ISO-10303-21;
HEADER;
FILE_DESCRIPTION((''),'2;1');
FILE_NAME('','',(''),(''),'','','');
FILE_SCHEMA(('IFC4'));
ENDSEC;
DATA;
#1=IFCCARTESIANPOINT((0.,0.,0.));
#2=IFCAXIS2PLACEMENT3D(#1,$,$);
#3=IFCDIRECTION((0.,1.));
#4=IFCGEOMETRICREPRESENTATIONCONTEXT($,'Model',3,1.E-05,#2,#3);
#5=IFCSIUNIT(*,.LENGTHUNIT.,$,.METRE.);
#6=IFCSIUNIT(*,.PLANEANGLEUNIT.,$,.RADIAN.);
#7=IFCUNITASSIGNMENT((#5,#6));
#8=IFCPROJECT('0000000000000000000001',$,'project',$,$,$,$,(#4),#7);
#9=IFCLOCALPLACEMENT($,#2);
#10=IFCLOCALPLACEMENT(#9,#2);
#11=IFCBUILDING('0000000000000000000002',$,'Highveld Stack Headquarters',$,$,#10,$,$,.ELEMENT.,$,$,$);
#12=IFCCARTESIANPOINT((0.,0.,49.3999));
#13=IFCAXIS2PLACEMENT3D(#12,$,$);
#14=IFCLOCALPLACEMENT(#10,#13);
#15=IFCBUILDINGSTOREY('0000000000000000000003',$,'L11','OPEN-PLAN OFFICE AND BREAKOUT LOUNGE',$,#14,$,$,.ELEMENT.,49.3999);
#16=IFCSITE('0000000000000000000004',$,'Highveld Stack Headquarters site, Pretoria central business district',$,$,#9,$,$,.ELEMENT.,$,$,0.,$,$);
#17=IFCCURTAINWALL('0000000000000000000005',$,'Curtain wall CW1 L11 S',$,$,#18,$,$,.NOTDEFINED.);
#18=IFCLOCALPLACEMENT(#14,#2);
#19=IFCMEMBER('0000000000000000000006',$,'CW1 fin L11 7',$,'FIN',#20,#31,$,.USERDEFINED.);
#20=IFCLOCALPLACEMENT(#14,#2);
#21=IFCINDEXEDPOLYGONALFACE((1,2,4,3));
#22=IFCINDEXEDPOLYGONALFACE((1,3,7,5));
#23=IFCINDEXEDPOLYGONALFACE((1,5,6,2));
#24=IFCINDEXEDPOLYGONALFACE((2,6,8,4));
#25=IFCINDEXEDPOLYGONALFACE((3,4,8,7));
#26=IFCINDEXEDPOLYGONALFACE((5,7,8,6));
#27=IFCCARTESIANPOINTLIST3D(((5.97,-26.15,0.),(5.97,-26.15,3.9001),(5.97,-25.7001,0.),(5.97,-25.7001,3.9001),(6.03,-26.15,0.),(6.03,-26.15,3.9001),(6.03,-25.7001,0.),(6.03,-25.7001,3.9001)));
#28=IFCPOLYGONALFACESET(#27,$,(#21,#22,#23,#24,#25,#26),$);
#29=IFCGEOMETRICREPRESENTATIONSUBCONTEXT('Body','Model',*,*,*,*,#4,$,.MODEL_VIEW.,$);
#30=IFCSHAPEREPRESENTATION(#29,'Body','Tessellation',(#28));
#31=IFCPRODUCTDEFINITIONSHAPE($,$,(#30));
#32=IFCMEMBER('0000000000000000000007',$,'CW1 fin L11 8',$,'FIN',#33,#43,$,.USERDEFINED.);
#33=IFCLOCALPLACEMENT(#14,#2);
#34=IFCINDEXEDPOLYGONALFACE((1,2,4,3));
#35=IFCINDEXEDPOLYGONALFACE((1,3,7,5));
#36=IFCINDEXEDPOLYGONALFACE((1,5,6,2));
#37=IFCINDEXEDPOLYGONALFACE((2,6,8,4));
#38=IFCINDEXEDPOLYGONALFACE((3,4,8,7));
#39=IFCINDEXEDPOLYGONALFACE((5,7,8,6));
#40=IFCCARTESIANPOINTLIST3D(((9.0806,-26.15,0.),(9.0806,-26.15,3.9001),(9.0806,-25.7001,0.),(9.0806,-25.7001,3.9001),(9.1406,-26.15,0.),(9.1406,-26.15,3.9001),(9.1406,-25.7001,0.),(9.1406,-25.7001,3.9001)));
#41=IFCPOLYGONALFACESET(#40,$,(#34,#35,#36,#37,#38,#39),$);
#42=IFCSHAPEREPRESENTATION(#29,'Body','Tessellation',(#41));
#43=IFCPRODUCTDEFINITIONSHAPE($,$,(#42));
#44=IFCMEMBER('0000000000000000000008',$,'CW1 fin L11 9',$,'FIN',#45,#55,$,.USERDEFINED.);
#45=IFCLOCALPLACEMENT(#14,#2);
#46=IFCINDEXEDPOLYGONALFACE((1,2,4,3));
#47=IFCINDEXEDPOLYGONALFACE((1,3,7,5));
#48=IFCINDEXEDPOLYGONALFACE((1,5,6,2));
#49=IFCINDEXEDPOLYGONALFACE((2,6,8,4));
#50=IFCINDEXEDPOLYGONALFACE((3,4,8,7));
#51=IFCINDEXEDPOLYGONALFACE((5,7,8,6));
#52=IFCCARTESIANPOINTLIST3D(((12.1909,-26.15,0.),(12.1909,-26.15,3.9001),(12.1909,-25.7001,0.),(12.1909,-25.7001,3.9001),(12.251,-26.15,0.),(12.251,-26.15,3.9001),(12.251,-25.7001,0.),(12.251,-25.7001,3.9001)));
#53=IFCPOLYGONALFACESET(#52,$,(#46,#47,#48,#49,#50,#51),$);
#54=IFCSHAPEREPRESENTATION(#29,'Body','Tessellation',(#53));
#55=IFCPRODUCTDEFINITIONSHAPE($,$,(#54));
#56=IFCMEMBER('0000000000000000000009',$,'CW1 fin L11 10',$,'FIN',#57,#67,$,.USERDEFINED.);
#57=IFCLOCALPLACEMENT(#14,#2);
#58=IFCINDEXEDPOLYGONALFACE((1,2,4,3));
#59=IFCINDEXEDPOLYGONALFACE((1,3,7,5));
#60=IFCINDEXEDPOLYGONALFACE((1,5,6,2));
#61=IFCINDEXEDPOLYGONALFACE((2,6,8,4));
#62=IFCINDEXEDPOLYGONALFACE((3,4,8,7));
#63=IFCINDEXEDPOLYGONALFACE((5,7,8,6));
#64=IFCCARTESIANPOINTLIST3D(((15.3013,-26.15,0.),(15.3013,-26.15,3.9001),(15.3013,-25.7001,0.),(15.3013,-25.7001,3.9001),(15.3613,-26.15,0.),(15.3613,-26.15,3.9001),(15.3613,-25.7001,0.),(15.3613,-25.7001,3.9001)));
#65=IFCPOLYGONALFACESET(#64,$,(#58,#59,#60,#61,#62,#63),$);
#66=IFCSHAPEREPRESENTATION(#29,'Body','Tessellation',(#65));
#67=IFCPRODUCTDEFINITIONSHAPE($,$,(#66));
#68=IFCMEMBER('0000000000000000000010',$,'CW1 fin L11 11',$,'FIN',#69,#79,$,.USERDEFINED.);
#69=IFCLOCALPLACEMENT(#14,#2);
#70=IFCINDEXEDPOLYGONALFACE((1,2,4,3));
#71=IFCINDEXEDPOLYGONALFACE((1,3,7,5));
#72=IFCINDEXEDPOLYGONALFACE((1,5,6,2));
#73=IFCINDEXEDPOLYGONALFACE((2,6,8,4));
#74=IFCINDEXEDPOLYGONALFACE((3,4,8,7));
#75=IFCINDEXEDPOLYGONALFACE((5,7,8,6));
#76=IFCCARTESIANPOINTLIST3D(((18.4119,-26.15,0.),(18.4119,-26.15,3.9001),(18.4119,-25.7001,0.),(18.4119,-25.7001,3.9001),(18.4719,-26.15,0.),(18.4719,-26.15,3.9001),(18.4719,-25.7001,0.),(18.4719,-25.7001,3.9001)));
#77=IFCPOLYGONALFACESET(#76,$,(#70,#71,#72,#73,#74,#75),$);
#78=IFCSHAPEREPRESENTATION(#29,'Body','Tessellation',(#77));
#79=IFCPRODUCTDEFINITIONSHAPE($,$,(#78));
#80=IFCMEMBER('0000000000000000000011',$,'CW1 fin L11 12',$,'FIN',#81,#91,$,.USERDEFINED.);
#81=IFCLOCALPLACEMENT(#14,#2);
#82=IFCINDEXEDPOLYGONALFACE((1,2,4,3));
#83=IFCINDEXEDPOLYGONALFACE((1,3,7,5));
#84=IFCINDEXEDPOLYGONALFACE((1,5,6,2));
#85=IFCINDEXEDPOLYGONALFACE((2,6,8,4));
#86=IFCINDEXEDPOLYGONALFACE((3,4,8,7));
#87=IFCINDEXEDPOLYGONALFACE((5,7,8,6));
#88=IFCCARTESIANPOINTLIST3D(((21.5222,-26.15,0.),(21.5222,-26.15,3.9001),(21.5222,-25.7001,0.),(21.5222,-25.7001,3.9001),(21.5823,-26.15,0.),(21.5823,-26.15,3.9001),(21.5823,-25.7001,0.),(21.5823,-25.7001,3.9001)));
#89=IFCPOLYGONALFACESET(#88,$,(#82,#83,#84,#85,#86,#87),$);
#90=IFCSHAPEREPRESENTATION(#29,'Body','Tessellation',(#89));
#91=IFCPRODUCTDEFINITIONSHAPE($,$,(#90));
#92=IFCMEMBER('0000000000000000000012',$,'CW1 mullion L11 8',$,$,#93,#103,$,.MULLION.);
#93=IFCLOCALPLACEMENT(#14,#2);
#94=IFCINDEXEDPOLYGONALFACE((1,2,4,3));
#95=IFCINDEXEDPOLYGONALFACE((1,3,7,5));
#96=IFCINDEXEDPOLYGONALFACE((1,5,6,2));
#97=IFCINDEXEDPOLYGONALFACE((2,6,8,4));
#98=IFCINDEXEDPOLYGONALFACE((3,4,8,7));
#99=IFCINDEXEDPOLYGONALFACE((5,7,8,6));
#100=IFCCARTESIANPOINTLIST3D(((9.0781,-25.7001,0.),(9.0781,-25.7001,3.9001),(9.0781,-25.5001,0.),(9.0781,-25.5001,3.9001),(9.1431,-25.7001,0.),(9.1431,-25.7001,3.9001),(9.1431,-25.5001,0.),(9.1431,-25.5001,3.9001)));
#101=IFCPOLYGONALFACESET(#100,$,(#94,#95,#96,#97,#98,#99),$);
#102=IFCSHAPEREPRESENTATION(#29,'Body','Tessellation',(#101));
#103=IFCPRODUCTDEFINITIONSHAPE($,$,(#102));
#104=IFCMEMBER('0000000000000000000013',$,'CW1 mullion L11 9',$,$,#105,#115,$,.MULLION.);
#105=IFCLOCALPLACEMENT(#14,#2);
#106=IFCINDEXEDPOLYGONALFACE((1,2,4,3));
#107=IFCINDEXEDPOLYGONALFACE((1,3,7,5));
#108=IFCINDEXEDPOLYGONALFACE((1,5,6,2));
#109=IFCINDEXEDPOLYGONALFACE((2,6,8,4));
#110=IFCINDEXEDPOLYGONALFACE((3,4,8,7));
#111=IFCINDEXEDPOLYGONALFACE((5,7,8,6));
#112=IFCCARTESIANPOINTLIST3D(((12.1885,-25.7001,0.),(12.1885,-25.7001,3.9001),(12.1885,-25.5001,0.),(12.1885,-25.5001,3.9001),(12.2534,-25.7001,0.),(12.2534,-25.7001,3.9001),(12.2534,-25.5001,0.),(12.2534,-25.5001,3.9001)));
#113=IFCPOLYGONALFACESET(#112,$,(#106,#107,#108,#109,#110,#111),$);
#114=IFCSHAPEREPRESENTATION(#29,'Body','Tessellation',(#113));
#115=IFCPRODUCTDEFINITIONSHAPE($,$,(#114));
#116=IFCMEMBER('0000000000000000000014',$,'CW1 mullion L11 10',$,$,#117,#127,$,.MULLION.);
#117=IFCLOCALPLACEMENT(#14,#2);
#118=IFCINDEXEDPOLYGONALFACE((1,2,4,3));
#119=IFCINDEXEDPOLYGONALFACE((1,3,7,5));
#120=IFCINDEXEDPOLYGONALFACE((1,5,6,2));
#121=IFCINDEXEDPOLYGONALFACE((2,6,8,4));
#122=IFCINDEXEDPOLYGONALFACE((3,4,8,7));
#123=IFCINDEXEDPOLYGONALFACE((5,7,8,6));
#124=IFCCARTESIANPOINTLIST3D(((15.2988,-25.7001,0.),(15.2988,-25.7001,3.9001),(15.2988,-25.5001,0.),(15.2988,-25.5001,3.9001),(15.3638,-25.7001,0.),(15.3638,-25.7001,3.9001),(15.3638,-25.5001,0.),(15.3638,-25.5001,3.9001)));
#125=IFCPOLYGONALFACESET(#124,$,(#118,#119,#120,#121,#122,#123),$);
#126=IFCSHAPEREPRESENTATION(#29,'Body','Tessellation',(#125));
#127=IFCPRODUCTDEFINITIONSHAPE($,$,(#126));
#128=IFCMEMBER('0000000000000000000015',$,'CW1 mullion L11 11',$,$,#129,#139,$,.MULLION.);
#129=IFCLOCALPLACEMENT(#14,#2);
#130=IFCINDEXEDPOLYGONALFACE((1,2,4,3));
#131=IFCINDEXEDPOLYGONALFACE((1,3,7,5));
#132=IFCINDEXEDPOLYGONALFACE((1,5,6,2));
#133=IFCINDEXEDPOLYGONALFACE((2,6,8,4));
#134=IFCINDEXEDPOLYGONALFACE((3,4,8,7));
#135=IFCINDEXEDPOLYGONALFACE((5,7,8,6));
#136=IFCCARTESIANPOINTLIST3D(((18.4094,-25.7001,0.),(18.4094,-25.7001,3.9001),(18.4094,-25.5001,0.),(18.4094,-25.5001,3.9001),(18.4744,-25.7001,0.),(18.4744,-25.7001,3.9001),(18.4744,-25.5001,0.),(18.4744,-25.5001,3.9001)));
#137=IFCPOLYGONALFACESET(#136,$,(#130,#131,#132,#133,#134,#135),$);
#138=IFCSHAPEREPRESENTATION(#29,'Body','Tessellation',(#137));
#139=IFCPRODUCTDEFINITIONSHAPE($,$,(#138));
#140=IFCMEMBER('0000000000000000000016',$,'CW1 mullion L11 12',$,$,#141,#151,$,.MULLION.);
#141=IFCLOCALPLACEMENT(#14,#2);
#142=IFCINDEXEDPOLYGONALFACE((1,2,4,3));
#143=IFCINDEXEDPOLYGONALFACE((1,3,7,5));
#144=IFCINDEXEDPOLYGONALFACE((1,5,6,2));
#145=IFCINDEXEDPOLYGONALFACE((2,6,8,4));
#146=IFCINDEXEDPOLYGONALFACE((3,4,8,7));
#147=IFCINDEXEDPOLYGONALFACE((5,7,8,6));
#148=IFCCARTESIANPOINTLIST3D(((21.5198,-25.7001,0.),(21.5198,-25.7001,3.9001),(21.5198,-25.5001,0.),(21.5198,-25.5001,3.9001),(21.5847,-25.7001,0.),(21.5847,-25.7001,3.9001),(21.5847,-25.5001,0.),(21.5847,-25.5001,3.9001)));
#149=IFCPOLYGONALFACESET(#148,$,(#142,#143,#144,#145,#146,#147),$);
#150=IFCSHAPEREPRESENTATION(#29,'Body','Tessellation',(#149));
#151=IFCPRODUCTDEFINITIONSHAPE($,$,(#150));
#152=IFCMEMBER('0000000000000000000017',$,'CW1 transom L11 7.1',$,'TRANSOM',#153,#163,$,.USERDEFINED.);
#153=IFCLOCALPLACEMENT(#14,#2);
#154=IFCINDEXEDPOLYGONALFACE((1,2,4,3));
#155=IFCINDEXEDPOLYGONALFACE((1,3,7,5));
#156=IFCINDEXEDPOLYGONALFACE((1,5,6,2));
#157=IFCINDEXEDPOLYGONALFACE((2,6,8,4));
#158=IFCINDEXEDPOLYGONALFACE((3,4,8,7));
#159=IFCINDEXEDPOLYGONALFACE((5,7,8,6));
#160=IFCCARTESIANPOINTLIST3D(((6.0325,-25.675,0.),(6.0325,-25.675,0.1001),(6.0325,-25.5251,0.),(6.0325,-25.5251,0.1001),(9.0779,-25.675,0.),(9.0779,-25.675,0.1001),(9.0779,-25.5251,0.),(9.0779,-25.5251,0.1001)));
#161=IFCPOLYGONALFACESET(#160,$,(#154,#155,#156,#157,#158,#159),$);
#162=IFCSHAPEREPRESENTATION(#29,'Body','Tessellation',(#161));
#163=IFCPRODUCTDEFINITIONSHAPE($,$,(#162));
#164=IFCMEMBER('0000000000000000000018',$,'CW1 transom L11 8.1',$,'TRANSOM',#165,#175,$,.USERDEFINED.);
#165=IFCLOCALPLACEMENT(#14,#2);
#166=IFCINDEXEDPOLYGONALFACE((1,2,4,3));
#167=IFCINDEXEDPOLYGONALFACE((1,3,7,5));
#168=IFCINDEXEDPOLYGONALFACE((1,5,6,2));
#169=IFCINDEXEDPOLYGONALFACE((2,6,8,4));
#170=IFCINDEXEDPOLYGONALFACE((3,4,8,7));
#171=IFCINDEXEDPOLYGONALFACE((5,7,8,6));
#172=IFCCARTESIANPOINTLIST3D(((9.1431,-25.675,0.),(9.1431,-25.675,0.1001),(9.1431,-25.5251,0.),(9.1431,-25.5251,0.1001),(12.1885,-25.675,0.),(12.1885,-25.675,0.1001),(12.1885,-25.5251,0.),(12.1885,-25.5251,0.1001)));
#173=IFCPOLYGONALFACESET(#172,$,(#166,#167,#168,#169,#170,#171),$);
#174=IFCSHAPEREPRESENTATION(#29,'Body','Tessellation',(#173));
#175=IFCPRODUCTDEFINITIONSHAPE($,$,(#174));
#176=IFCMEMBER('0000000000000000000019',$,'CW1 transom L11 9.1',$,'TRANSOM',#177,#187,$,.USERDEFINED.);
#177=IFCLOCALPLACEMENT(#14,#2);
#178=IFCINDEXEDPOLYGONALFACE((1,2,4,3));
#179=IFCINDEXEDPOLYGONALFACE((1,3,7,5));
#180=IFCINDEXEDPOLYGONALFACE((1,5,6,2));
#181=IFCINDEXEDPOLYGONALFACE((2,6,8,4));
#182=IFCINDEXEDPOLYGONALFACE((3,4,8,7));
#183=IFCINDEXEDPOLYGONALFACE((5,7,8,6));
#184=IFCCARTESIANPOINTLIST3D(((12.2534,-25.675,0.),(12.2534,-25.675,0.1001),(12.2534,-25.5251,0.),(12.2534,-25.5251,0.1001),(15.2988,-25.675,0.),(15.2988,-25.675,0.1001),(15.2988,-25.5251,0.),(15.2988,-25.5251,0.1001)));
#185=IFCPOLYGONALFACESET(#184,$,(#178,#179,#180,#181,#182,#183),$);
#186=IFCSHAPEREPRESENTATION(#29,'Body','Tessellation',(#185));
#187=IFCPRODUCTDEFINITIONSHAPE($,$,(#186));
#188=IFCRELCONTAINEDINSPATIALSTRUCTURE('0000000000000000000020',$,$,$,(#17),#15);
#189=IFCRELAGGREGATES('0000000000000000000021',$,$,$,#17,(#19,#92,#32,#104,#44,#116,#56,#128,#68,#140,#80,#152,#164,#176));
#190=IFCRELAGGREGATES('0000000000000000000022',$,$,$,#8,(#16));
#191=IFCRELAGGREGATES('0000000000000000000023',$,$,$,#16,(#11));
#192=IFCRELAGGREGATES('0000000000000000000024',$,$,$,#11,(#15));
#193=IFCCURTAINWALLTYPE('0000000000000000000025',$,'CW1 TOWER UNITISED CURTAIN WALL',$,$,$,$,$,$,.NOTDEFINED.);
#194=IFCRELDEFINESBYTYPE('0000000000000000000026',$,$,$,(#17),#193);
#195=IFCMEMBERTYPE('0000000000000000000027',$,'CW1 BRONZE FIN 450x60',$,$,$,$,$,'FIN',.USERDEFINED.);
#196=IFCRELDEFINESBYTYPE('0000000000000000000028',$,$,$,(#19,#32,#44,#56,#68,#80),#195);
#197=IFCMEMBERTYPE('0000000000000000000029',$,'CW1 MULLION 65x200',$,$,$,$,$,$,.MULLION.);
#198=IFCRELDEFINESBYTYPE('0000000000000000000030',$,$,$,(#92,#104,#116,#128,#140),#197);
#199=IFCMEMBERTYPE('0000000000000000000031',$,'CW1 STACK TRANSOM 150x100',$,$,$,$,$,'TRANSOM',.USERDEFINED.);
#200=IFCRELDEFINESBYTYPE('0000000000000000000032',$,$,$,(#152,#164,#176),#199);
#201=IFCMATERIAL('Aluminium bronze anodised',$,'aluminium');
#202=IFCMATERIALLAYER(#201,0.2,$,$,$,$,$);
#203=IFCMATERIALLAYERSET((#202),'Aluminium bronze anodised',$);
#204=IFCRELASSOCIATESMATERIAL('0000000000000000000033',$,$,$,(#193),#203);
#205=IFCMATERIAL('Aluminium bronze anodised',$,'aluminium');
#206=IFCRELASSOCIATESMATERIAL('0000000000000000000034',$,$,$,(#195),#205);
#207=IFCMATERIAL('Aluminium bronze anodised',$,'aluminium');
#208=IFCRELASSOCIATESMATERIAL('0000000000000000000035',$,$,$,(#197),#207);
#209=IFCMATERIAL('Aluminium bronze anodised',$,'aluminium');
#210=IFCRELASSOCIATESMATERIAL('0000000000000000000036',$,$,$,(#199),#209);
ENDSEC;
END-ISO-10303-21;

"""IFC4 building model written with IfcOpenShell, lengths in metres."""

from ifc_helpers import new_model, si_unit, direction, frame, origin, origin_2d, place, context, subcontext, project, spatial, rectangle, extrude, material, layer, layer_set, material_profile, profile_set, type_object, element, aggregate, save


model = new_model("IFC4")

# Units and contexts
model_context = context("Model", 3, precision=1e-05, world=origin(), true_north=direction((0.0, 1.0)))
body_context = subcontext(model_context, "Body", "Model", "MODEL_VIEW")
ifc_project = project(units=[si_unit("LENGTHUNIT", "METRE"), si_unit("PLANEANGLEUNIT", "RADIAN")], contexts=[model_context])

# Site, building, storey
site_placement = place(None, origin())
site = spatial("IfcSite", under=ifc_project, at=site_placement, Name="Highveld Stack Headquarters site, Pretoria central business district", CompositionType="ELEMENT", RefElevation=0.0)
building_placement = place(site_placement, origin())
building = spatial("IfcBuilding", under=site, at=building_placement, Name="Highveld Stack Headquarters", CompositionType="ELEMENT")
storey_placement = place(building_placement, frame((0.0, 0.0, 49.3999)))
storey = spatial("IfcBuildingStorey", under=building, at=storey_placement, Name="L11", Description="OPEN-PLAN OFFICE AND BREAKOUT LOUNGE", CompositionType="ELEMENT", Elevation=49.3999)

# Curtain wall, members
ifc_material_1 = material(Name="Aluminium bronze anodised", Category="aluminium")
ifc_layer_1 = layer(ifc_material_1, 0.2)
ifc_layer_set_1 = layer_set([ifc_layer_1], Name="Aluminium bronze anodised")
curtain_wall_type = type_object("IfcCurtainWallType", Name="CW1 TOWER UNITISED CURTAIN WALL", PredefinedType="NOTDEFINED", material=ifc_layer_set_1)
curtain_wall_placement = place(storey_placement, origin())
curtain_wall = element("IfcCurtainWall", 1, at=curtain_wall_placement, inside=storey, type_object=curtain_wall_type, Name="Curtain wall CW1 L11 S", PredefinedType="NOTDEFINED")
ifc_material_2 = material(Name="Aluminium bronze anodised", Category="aluminium")
ifc_material_profile_1 = material_profile(ifc_material_2, rectangle(XDim=0.45, YDim=0.0601, at=origin_2d()), Name="FIN 450x60")
ifc_profile_set_1 = profile_set([ifc_material_profile_1], Name="Aluminium bronze anodised")
member_type_1 = type_object("IfcMemberType", Name="CW1 BRONZE FIN 450x60", ElementType="FIN", PredefinedType="USERDEFINED", material=ifc_profile_set_1)
member_1_placement = place(storey_placement, frame((6.0, -25.925, 0.0), z_axis=(0.0, 0.0, 1.0), x_axis=(0.0, 1.0, 0.0)))
member_1 = element("IfcMember", 2, at=member_1_placement, type_object=member_type_1, Name="CW1 fin L11 7", ObjectType="FIN", PredefinedType="USERDEFINED", context=body_context, shape_type="SweptSolid", body=[
    extrude(rectangle(XDim=0.45, YDim=0.0601, at=origin_2d()), origin(), (0.0, 0.0, 1.0), 3.9001),
])
member_2_placement = place(storey_placement, frame((9.1106, -25.925, 0.0), z_axis=(0.0, 0.0, 1.0), x_axis=(0.0, 1.0, 0.0)))
member_2 = element("IfcMember", 3, at=member_2_placement, type_object=member_type_1, Name="CW1 fin L11 8", ObjectType="FIN", PredefinedType="USERDEFINED", context=body_context, shape_type="SweptSolid", body=[
    extrude(rectangle(XDim=0.45, YDim=0.0601, at=origin_2d()), origin(), (0.0, 0.0, 1.0), 3.9001),
])
member_3_placement = place(storey_placement, frame((12.2209, -25.925, 0.0), z_axis=(0.0, 0.0, 1.0), x_axis=(0.0, 1.0, 0.0)))
member_3 = element("IfcMember", 4, at=member_3_placement, type_object=member_type_1, Name="CW1 fin L11 9", ObjectType="FIN", PredefinedType="USERDEFINED", context=body_context, shape_type="SweptSolid", body=[
    extrude(rectangle(XDim=0.45, YDim=0.0601, at=origin_2d()), origin(), (0.0, 0.0, 1.0), 3.9001),
])
member_4_placement = place(storey_placement, frame((15.3313, -25.925, 0.0), z_axis=(0.0, 0.0, 1.0), x_axis=(0.0, 1.0, 0.0)))
member_4 = element("IfcMember", 5, at=member_4_placement, type_object=member_type_1, Name="CW1 fin L11 10", ObjectType="FIN", PredefinedType="USERDEFINED", context=body_context, shape_type="SweptSolid", body=[
    extrude(rectangle(XDim=0.45, YDim=0.0601, at=origin_2d()), origin(), (0.0, 0.0, 1.0), 3.9001),
])
member_5_placement = place(storey_placement, frame((18.4419, -25.925, 0.0), z_axis=(0.0, 0.0, 1.0), x_axis=(0.0, 1.0, 0.0)))
member_5 = element("IfcMember", 6, at=member_5_placement, type_object=member_type_1, Name="CW1 fin L11 11", ObjectType="FIN", PredefinedType="USERDEFINED", context=body_context, shape_type="SweptSolid", body=[
    extrude(rectangle(XDim=0.45, YDim=0.0601, at=origin_2d()), origin(), (0.0, 0.0, 1.0), 3.9001),
])
member_6_placement = place(storey_placement, frame((21.5522, -25.925, 0.0), z_axis=(0.0, 0.0, 1.0), x_axis=(0.0, 1.0, 0.0)))
member_6 = element("IfcMember", 7, at=member_6_placement, type_object=member_type_1, Name="CW1 fin L11 12", ObjectType="FIN", PredefinedType="USERDEFINED", context=body_context, shape_type="SweptSolid", body=[
    extrude(rectangle(XDim=0.45, YDim=0.0601, at=origin_2d()), origin(), (0.0, 0.0, 1.0), 3.9001),
])
ifc_material_3 = material(Name="Aluminium bronze anodised", Category="aluminium")
ifc_material_profile_2 = material_profile(ifc_material_3, rectangle(XDim=0.2, YDim=0.0649, at=origin_2d()), Name="CW1 MULLION 65x200")
ifc_profile_set_2 = profile_set([ifc_material_profile_2], Name="Aluminium bronze anodised")
member_type_2 = type_object("IfcMemberType", Name="CW1 MULLION 65x200", PredefinedType="MULLION", material=ifc_profile_set_2)
member_7_placement = place(storey_placement, frame((9.1106, -25.6001, 0.0), z_axis=(0.0, 0.0, 1.0), x_axis=(0.0, 1.0, 0.0)))
member_7 = element("IfcMember", 8, at=member_7_placement, type_object=member_type_2, Name="CW1 mullion L11 8", PredefinedType="MULLION", context=body_context, shape_type="SweptSolid", body=[
    extrude(rectangle(XDim=0.2, YDim=0.0649, at=origin_2d()), origin(), (0.0, 0.0, 1.0), 3.9001),
])
member_8_placement = place(storey_placement, frame((12.2209, -25.6001, 0.0), z_axis=(0.0, 0.0, 1.0), x_axis=(0.0, 1.0, 0.0)))
member_8 = element("IfcMember", 9, at=member_8_placement, type_object=member_type_2, Name="CW1 mullion L11 9", PredefinedType="MULLION", context=body_context, shape_type="SweptSolid", body=[
    extrude(rectangle(XDim=0.2, YDim=0.0649, at=origin_2d()), origin(), (0.0, 0.0, 1.0), 3.9001),
])
member_9_placement = place(storey_placement, frame((15.3313, -25.6001, 0.0), z_axis=(0.0, 0.0, 1.0), x_axis=(0.0, 1.0, 0.0)))
member_9 = element("IfcMember", 10, at=member_9_placement, type_object=member_type_2, Name="CW1 mullion L11 10", PredefinedType="MULLION", context=body_context, shape_type="SweptSolid", body=[
    extrude(rectangle(XDim=0.2, YDim=0.0649, at=origin_2d()), origin(), (0.0, 0.0, 1.0), 3.9001),
])
member_10_placement = place(storey_placement, frame((18.4419, -25.6001, 0.0), z_axis=(0.0, 0.0, 1.0), x_axis=(0.0, 1.0, 0.0)))
member_10 = element("IfcMember", 11, at=member_10_placement, type_object=member_type_2, Name="CW1 mullion L11 11", PredefinedType="MULLION", context=body_context, shape_type="SweptSolid", body=[
    extrude(rectangle(XDim=0.2, YDim=0.0649, at=origin_2d()), origin(), (0.0, 0.0, 1.0), 3.9001),
])
member_11_placement = place(storey_placement, frame((21.5522, -25.6001, 0.0), z_axis=(0.0, 0.0, 1.0), x_axis=(0.0, 1.0, 0.0)))
member_11 = element("IfcMember", 12, at=member_11_placement, type_object=member_type_2, Name="CW1 mullion L11 12", PredefinedType="MULLION", context=body_context, shape_type="SweptSolid", body=[
    extrude(rectangle(XDim=0.2, YDim=0.0649, at=origin_2d()), origin(), (0.0, 0.0, 1.0), 3.9001),
])
ifc_material_4 = material(Name="Aluminium bronze anodised", Category="aluminium")
ifc_material_profile_3 = material_profile(ifc_material_4, rectangle(XDim=0.1499, YDim=0.1001, at=origin_2d()), Name="CW1 TRANSOM 150x100")
ifc_profile_set_3 = profile_set([ifc_material_profile_3], Name="Aluminium bronze anodised")
member_type_3 = type_object("IfcMemberType", Name="CW1 STACK TRANSOM 150x100", ElementType="TRANSOM", PredefinedType="USERDEFINED", material=ifc_profile_set_3)
member_12_placement = place(storey_placement, frame((6.0325, -25.6001, 0.05), z_axis=(1.0, 0.0, 0.0), x_axis=(0.0, 1.0, 0.0)))
member_12 = element("IfcMember", 13, at=member_12_placement, type_object=member_type_3, Name="CW1 transom L11 7.1", ObjectType="TRANSOM", PredefinedType="USERDEFINED", context=body_context, shape_type="SweptSolid", body=[
    extrude(rectangle(XDim=0.1499, YDim=0.1001, at=origin_2d()), origin(), (0.0, 0.0, 1.0), 3.0454),
])
member_13_placement = place(storey_placement, frame((9.1431, -25.6001, 0.05), z_axis=(1.0, 0.0, 0.0), x_axis=(0.0, 1.0, 0.0)))
member_13 = element("IfcMember", 14, at=member_13_placement, type_object=member_type_3, Name="CW1 transom L11 8.1", ObjectType="TRANSOM", PredefinedType="USERDEFINED", context=body_context, shape_type="SweptSolid", body=[
    extrude(rectangle(XDim=0.1499, YDim=0.1001, at=origin_2d()), origin(), (0.0, 0.0, 1.0), 3.0454),
])
member_14_placement = place(storey_placement, frame((12.2534, -25.6001, 0.05), z_axis=(1.0, 0.0, 0.0), x_axis=(0.0, 1.0, 0.0)))
member_14 = element("IfcMember", 15, at=member_14_placement, type_object=member_type_3, Name="CW1 transom L11 9.1", ObjectType="TRANSOM", PredefinedType="USERDEFINED", context=body_context, shape_type="SweptSolid", body=[
    extrude(rectangle(XDim=0.1499, YDim=0.1001, at=origin_2d()), origin(), (0.0, 0.0, 1.0), 3.0454),
])
aggregate(curtain_wall, [member_1, member_7, member_2, member_8, member_3, member_9, member_4, member_10, member_5, member_11, member_6, member_12, member_13, member_14])

save(model, "model.ifc")
